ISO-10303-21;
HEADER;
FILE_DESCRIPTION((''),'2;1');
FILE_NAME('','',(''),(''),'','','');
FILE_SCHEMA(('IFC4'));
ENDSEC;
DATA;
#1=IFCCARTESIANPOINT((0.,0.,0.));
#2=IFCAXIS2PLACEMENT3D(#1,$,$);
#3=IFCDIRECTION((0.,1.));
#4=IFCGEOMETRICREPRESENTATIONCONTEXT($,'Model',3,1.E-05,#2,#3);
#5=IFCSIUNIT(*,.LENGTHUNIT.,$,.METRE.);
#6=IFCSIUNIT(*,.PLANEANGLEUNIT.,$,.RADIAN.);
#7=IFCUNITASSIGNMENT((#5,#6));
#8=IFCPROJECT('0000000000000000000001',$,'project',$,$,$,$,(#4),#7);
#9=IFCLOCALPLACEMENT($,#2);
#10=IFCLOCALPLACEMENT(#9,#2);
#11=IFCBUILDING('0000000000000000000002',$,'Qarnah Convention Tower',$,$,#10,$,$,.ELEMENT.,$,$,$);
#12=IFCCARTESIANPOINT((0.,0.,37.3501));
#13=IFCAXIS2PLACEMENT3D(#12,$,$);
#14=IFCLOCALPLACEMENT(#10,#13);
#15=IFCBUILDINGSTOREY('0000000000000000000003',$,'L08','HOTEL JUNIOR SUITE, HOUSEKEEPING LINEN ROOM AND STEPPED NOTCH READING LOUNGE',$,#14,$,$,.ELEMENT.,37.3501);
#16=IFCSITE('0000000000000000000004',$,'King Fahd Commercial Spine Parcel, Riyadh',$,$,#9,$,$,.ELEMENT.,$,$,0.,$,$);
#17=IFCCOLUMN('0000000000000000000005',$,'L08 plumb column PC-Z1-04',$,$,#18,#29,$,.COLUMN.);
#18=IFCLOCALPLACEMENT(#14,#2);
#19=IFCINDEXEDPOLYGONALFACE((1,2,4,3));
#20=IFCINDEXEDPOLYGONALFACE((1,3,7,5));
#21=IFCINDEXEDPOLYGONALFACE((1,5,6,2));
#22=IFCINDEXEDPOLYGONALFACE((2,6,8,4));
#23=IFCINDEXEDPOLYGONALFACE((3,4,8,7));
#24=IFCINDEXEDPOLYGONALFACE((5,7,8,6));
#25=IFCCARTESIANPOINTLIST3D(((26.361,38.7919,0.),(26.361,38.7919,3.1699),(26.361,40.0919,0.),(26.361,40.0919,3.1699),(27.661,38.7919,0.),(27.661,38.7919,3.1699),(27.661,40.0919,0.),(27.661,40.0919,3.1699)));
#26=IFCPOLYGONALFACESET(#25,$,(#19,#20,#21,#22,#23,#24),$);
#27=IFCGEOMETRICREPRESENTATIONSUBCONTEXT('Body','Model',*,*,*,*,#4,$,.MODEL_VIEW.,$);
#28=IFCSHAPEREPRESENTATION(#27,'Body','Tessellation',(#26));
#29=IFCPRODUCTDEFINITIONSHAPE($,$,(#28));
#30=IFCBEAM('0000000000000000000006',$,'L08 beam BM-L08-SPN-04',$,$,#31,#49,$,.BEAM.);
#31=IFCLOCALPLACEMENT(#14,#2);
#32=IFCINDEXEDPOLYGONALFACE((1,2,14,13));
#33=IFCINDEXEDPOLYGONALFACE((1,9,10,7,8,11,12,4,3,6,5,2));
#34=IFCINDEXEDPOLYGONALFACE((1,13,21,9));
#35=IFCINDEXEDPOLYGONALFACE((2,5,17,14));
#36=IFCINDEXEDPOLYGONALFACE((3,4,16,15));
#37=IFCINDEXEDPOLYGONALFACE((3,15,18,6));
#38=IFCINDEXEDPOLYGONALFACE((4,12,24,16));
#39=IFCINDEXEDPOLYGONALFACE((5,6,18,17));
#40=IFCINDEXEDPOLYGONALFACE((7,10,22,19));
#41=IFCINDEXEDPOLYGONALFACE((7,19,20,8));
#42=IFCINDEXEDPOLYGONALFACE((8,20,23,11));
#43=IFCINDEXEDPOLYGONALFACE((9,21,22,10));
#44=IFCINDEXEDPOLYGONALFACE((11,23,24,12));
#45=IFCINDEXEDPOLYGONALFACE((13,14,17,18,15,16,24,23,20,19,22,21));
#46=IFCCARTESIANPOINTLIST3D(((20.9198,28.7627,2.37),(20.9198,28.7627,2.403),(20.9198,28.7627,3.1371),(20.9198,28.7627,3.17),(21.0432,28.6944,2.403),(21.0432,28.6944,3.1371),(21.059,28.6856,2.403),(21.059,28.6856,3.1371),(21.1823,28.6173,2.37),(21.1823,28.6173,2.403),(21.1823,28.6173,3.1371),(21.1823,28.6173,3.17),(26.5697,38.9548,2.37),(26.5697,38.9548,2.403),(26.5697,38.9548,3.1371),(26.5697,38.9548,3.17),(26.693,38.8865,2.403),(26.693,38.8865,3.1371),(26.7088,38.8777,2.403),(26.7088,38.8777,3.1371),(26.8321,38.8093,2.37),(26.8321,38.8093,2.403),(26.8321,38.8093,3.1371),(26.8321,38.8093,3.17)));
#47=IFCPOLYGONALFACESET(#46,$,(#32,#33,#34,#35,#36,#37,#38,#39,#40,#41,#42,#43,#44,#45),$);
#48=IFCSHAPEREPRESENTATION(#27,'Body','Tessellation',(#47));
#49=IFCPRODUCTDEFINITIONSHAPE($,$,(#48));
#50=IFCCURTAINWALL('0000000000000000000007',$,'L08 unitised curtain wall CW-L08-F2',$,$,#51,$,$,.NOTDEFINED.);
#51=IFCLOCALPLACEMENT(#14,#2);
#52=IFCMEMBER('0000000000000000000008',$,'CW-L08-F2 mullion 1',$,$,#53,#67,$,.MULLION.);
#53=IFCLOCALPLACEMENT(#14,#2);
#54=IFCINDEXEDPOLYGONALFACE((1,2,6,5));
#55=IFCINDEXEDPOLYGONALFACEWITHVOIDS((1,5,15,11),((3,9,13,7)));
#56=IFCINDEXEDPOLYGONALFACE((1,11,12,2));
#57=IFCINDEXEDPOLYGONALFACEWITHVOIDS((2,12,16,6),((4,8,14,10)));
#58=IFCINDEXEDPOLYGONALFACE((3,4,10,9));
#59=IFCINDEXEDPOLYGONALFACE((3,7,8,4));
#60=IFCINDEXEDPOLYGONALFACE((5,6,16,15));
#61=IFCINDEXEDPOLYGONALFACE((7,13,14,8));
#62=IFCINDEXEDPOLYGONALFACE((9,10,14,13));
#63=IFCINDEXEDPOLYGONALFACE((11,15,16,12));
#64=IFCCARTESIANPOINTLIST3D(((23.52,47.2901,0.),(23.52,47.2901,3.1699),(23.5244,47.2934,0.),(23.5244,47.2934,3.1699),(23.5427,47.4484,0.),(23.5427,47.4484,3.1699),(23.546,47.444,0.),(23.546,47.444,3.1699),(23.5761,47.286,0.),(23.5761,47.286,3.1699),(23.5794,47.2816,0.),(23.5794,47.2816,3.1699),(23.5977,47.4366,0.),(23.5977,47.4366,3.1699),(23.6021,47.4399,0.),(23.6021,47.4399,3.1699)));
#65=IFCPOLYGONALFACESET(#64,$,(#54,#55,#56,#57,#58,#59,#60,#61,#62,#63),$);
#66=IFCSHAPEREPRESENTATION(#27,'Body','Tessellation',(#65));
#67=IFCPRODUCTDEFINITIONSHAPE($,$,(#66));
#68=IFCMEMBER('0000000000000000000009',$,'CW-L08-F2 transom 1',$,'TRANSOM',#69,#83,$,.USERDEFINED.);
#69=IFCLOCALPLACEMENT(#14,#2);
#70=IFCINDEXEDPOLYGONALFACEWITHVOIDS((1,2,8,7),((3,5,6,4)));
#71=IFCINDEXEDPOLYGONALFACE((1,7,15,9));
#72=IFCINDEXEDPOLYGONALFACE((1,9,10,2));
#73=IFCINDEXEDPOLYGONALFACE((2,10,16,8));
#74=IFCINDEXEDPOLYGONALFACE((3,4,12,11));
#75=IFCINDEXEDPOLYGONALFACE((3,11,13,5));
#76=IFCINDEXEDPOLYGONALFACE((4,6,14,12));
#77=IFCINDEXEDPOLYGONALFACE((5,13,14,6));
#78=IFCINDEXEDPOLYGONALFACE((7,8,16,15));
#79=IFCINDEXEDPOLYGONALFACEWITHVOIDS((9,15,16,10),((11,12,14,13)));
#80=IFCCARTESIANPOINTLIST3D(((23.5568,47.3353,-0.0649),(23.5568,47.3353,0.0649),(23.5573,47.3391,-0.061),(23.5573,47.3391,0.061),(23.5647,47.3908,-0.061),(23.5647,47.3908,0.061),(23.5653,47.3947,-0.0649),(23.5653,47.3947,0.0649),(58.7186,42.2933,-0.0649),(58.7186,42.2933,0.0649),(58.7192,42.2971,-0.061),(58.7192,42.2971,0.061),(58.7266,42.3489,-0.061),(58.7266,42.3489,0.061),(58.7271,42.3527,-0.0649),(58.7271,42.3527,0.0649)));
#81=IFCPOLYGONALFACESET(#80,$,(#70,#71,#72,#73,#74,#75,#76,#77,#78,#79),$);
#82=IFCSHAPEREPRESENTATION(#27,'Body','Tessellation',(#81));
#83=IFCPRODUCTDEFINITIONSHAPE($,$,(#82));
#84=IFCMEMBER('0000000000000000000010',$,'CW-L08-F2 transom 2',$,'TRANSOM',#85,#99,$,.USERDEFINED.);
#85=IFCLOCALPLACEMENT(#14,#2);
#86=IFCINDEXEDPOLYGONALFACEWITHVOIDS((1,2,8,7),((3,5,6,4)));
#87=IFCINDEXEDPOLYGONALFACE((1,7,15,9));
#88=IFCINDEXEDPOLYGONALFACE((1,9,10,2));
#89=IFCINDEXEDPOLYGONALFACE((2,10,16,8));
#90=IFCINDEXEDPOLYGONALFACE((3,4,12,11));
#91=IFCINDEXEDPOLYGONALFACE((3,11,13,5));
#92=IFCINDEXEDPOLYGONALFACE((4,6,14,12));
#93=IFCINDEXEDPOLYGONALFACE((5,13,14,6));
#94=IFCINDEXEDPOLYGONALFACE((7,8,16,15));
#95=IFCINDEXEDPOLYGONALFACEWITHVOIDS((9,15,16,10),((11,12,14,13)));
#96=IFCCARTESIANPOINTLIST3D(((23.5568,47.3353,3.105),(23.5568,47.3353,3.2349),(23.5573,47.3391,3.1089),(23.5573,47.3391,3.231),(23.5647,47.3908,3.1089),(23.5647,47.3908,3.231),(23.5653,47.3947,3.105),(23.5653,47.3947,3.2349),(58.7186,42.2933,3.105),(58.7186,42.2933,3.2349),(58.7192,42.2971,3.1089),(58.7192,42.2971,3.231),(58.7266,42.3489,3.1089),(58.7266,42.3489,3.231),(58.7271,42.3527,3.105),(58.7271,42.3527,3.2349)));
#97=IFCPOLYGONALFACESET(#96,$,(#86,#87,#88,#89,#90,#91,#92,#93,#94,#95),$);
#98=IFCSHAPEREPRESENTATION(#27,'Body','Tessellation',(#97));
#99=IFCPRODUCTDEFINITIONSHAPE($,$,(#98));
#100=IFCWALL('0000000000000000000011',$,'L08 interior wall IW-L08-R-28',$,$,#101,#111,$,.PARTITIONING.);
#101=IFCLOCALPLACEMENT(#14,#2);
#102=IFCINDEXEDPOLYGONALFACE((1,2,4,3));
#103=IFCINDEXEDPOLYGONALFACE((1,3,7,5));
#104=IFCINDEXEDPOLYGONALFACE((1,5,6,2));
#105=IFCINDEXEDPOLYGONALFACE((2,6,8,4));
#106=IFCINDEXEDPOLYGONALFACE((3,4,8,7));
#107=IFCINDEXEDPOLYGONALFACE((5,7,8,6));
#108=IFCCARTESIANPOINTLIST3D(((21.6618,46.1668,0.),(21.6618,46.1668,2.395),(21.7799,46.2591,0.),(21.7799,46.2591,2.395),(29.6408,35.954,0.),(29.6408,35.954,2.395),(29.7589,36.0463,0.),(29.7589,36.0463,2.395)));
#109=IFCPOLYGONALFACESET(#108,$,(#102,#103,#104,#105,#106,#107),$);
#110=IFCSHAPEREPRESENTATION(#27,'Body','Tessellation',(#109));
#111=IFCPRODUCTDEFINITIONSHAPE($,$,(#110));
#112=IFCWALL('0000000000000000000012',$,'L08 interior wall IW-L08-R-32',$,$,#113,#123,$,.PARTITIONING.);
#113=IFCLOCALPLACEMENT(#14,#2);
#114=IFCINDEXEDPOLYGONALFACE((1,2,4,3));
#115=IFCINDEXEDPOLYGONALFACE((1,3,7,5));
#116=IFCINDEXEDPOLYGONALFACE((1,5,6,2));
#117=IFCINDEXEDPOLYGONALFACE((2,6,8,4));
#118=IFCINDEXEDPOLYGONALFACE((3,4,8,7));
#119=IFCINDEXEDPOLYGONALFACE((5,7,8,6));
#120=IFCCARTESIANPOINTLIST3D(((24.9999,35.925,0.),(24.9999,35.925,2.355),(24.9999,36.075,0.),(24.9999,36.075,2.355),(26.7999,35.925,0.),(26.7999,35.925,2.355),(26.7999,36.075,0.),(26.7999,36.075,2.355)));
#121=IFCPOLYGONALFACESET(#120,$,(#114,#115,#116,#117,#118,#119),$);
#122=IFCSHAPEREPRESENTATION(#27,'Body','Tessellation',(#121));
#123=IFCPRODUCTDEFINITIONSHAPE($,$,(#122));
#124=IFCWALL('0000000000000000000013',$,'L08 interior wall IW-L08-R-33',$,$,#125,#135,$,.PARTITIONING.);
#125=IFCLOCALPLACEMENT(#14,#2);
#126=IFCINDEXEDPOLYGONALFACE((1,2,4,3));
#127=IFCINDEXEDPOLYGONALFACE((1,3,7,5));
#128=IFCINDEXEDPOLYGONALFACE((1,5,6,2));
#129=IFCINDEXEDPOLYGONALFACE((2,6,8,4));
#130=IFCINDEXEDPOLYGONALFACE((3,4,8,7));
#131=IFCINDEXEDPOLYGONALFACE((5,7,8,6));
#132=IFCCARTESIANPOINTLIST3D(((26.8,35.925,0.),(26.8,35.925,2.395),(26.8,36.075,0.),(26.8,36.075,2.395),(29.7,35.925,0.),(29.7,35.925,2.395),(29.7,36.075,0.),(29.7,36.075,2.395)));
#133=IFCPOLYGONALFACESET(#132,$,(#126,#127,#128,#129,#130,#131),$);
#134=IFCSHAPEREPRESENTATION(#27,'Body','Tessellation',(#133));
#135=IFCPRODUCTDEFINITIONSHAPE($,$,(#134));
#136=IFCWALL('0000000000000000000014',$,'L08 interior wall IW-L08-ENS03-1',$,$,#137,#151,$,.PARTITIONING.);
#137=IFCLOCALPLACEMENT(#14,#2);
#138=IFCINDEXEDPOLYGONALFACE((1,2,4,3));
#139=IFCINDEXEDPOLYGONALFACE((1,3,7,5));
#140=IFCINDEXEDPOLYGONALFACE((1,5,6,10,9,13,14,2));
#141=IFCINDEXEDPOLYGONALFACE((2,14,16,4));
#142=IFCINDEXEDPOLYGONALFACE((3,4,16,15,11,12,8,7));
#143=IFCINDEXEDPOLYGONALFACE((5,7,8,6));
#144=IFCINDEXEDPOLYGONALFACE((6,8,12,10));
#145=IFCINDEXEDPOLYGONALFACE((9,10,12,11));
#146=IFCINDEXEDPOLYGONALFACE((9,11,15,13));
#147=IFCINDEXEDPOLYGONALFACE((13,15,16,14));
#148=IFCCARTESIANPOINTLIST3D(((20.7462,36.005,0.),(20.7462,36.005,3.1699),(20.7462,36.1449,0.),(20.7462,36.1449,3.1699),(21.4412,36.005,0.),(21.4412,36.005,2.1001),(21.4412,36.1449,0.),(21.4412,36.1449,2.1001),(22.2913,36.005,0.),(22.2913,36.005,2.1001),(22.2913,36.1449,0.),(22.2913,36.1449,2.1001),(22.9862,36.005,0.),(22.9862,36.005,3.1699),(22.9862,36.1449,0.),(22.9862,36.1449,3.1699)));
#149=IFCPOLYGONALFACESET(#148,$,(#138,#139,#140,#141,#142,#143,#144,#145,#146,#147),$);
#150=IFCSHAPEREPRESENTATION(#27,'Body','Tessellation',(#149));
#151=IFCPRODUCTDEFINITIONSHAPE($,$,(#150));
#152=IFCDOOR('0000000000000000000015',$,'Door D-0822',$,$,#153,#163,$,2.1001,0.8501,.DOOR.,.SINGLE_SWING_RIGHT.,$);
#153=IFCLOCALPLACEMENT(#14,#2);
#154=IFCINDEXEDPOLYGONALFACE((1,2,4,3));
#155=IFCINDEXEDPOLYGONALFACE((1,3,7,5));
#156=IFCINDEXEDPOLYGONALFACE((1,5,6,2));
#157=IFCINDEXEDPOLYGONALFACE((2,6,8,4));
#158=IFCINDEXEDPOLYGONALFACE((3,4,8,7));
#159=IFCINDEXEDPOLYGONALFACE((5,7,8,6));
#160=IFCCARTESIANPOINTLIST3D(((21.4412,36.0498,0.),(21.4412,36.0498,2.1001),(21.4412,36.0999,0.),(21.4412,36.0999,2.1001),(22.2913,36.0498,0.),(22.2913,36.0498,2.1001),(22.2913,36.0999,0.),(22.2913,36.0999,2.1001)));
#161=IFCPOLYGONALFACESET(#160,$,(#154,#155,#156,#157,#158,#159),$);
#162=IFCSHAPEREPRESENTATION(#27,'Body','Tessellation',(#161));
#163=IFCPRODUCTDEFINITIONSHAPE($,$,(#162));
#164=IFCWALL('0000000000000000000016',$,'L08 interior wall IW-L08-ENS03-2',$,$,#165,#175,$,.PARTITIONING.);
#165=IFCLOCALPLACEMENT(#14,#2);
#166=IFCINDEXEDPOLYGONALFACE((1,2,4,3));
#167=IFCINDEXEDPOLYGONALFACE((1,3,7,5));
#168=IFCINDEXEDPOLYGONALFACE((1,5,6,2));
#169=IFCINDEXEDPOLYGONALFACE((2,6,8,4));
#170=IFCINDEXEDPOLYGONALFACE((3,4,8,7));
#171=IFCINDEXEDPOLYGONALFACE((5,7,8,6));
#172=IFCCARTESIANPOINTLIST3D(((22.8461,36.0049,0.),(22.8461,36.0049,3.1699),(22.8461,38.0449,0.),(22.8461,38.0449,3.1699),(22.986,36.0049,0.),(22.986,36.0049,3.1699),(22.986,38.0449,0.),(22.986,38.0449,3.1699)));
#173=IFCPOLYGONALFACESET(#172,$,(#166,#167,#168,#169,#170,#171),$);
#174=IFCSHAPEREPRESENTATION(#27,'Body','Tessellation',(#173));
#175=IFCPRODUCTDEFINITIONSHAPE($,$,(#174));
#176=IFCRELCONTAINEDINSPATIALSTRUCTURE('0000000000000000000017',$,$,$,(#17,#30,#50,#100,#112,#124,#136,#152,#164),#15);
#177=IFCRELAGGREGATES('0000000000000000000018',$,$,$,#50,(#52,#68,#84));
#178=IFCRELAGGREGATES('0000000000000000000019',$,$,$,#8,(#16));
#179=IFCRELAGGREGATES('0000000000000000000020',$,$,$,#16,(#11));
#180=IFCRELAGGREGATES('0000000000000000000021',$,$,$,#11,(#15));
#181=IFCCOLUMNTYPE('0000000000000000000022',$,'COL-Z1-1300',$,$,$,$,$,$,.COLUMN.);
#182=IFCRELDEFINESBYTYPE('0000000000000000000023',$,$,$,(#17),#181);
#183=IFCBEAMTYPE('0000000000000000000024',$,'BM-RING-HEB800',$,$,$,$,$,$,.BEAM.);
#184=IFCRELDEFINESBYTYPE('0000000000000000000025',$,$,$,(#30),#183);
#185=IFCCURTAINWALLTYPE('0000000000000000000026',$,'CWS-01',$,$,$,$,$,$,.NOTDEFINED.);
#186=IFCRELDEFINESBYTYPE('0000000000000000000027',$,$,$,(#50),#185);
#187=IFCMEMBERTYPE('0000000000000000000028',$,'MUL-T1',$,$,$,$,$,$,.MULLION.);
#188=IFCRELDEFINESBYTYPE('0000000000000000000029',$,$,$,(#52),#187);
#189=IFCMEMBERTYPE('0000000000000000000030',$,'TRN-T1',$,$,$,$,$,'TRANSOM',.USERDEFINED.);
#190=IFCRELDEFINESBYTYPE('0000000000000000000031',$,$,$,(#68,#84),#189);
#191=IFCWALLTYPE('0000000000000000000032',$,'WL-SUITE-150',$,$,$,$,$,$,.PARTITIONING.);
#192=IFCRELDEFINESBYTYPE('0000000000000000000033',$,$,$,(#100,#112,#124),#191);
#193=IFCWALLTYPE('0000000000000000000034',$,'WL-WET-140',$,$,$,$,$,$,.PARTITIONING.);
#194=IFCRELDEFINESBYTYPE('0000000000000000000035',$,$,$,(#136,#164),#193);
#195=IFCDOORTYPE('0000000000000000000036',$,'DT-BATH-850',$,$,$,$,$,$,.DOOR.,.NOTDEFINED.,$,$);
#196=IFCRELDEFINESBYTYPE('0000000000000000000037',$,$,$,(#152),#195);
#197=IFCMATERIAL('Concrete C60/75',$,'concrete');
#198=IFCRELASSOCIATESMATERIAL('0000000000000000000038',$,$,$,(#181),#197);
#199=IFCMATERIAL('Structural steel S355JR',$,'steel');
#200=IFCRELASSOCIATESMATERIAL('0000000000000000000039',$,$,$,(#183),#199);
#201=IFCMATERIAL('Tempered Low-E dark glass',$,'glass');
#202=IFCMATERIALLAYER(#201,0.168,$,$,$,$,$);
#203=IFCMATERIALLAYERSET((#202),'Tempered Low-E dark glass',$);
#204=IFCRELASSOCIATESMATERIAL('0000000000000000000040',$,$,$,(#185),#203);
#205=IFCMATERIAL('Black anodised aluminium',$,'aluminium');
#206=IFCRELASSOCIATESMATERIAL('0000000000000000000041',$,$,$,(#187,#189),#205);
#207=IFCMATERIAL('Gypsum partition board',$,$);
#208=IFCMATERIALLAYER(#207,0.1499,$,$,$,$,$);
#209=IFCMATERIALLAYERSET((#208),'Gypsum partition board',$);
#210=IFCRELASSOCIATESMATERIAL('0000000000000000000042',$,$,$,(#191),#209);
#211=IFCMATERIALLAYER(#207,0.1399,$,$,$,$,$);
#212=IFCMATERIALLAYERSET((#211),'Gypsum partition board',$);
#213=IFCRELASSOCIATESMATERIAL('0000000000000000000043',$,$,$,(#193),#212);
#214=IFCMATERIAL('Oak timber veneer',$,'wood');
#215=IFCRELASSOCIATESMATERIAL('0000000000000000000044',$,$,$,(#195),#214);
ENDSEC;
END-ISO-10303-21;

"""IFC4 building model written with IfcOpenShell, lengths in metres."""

from ifc_helpers import new_model, si_unit, direction, frame, frame_2d, origin, origin_2d, place, context, subcontext, project, spatial, rectangle, hollow_rectangle, i_section, extrude, material, layer, layer_set, material_profile, profile_set, type_object, element, fill, aggregate, save


model = new_model("IFC4")

# Units and contexts
model_context = context("Model", 3, precision=1e-05, world=origin(), true_north=direction((0.0, 1.0)))
body_context = subcontext(model_context, "Body", "Model", "MODEL_VIEW")
ifc_project = project(units=[si_unit("LENGTHUNIT", "METRE"), si_unit("PLANEANGLEUNIT", "RADIAN")], contexts=[model_context])

# Site, building, storey
site_placement = place(None, origin())
site = spatial("IfcSite", under=ifc_project, at=site_placement, Name="King Fahd Commercial Spine Parcel, Riyadh", CompositionType="ELEMENT", RefElevation=0.0)
building_placement = place(site_placement, origin())
building = spatial("IfcBuilding", under=site, at=building_placement, Name="Qarnah Convention Tower", CompositionType="ELEMENT")
storey_placement = place(building_placement, frame((0.0, 0.0, 37.3501)))
storey = spatial("IfcBuildingStorey", under=building, at=storey_placement, Name="L08", Description="HOTEL JUNIOR SUITE, HOUSEKEEPING LINEN ROOM AND STEPPED NOTCH READING LOUNGE", CompositionType="ELEMENT", Elevation=37.3501)

# Column
ifc_material_1 = material(Name="Concrete C60/75", Category="concrete")
ifc_material_profile_1 = material_profile(ifc_material_1, rectangle(XDim=1.3, YDim=1.3, at=origin_2d()), Name="RC-COL-1300X1300")
ifc_profile_set_1 = profile_set([ifc_material_profile_1], Name="Concrete C60/75")
column_type = type_object("IfcColumnType", Name="COL-Z1-1300", PredefinedType="COLUMN", material=ifc_profile_set_1)
column_placement = place(storey_placement, frame((27.011, 39.4419, 0.0), z_axis=(0.0, 0.0, 1.0), x_axis=(1.0, 0.0, 0.0)))
element("IfcColumn", 1, at=column_placement, inside=storey, type_object=column_type, Name="L08 plumb column PC-Z1-04", PredefinedType="COLUMN", context=body_context, shape_type="SweptSolid", body=[
    extrude(rectangle(XDim=1.3, YDim=1.3, at=origin_2d()), origin(), (0.0, 0.0, 1.0), 3.1699),
])

# Beam
ifc_material_2 = material(Name="Structural steel S355JR", Category="steel")
ifc_material_profile_2 = material_profile(ifc_material_2, i_section(OverallWidth=0.3, OverallDepth=0.8, WebThickness=0.0181, FlangeThickness=0.033, at=origin_2d()), Name="HEB800")
ifc_profile_set_2 = profile_set([ifc_material_profile_2], Name="Structural steel S355JR")
beam_type = type_object("IfcBeamType", Name="BM-RING-HEB800", PredefinedType="BEAM", material=ifc_profile_set_2)
beam_placement = place(storey_placement, frame((26.7009, 38.8821, 2.77), z_axis=(-0.48483, -0.874609, 0.0), x_axis=(0.874609, -0.48483, 0.0)))
element("IfcBeam", 2, at=beam_placement, inside=storey, type_object=beam_type, Name="L08 beam BM-L08-SPN-04", PredefinedType="BEAM", context=body_context, shape_type="SweptSolid", body=[
    extrude(i_section(OverallWidth=0.3, OverallDepth=0.8, WebThickness=0.0181, FlangeThickness=0.033, at=origin_2d()), origin(), (0.0, 0.0, 1.0), 11.6533),
])

# Curtain wall, members
ifc_material_3 = material(Name="Tempered Low-E dark glass", Category="glass")
ifc_layer_1 = layer(ifc_material_3, 0.168)
ifc_layer_set_1 = layer_set([ifc_layer_1], Name="Tempered Low-E dark glass")
curtain_wall_type = type_object("IfcCurtainWallType", Name="CWS-01", PredefinedType="NOTDEFINED", material=ifc_layer_set_1)
curtain_wall_placement = place(storey_placement, origin())
curtain_wall = element("IfcCurtainWall", 3, at=curtain_wall_placement, inside=storey, type_object=curtain_wall_type, Name="L08 unitised curtain wall CW-L08-F2", PredefinedType="NOTDEFINED")
ifc_material_4 = material(Name="Black anodised aluminium", Category="aluminium")
ifc_material_profile_3 = material_profile(ifc_material_4, hollow_rectangle(XDim=0.0601, YDim=0.1599, WallThickness=0.0039, at=origin_2d()), Name="MUL-60X160")
ifc_profile_set_3 = profile_set([ifc_material_profile_3], Name="Black anodised aluminium")
member_type_1 = type_object("IfcMemberType", Name="MUL-T1", PredefinedType="MULLION", material=ifc_profile_set_3)
member_1_placement = place(storey_placement, frame((23.561, 47.365, 0.0), z_axis=(0.0, 0.0, 1.0), x_axis=(0.989875, -0.141942, 0.0)))
member_1 = element("IfcMember", 4, at=member_1_placement, type_object=member_type_1, Name="CW-L08-F2 mullion 1", PredefinedType="MULLION", context=body_context, shape_type="SweptSolid", body=[
    extrude(hollow_rectangle(XDim=0.0601, YDim=0.1599, WallThickness=0.0039, at=origin_2d()), origin(), (0.0, 0.0, 1.0), 3.1699),
])
ifc_material_profile_4 = material_profile(ifc_material_4, hollow_rectangle(XDim=0.0601, YDim=0.1299, WallThickness=0.0039, at=origin_2d()), Name="TRN-60X130")
ifc_profile_set_4 = profile_set([ifc_material_profile_4], Name="Black anodised aluminium")
member_type_2 = type_object("IfcMemberType", Name="TRN-T1", ElementType="TRANSOM", PredefinedType="USERDEFINED", material=ifc_profile_set_4)
member_2_placement = place(storey_placement, frame((23.561, 47.365, 0.0), z_axis=(0.989875, -0.141942, 0.0), x_axis=(0.141942, 0.989875, 0.0)))
member_2 = element("IfcMember", 5, at=member_2_placement, type_object=member_type_2, Name="CW-L08-F2 transom 1", ObjectType="TRANSOM", PredefinedType="USERDEFINED", context=body_context, shape_type="SweptSolid", body=[
    extrude(hollow_rectangle(XDim=0.0601, YDim=0.1299, WallThickness=0.0039, at=origin_2d()), origin(), (0.0, 0.0, 1.0), 35.5215),
])
member_3_placement = place(storey_placement, frame((23.561, 47.365, 3.1699), z_axis=(0.989875, -0.141942, 0.0), x_axis=(0.141942, 0.989875, 0.0)))
member_3 = element("IfcMember", 6, at=member_3_placement, type_object=member_type_2, Name="CW-L08-F2 transom 2", ObjectType="TRANSOM", PredefinedType="USERDEFINED", context=body_context, shape_type="SweptSolid", body=[
    extrude(hollow_rectangle(XDim=0.0601, YDim=0.1299, WallThickness=0.0039, at=origin_2d()), origin(), (0.0, 0.0, 1.0), 35.5215),
])
aggregate(curtain_wall, [member_1, member_2, member_3])

# Walls
ifc_material_5 = material(Name="Gypsum partition board")
ifc_layer_2 = layer(ifc_material_5, 0.1499)
ifc_layer_set_2 = layer_set([ifc_layer_2], Name="Gypsum partition board")
wall_type_1 = type_object("IfcWallType", Name="WL-SUITE-150", PredefinedType="PARTITIONING", material=ifc_layer_set_2)
wall_1_placement = place(storey_placement, frame((21.7209, 46.2129, 0.0), z_axis=(0.0, 0.0, 1.0), x_axis=(0.615653, -0.788018, 0.0)))
element("IfcWall", 7, at=wall_1_placement, inside=storey, type_object=wall_type_1, Name="L08 interior wall IW-L08-R-28", PredefinedType="PARTITIONING", context=body_context, shape_type="SweptSolid", body=[
    extrude(rectangle(XDim=12.9602, YDim=0.1499, at=frame_2d((6.48, 0.0))), origin(), (0.0, 0.0, 1.0), 2.395),
])
wall_2_placement = place(storey_placement, frame((25.0, 36.0, 0.0), z_axis=(0.0, 0.0, 1.0), x_axis=(1.0, 0.0, 0.0)))
element("IfcWall", 8, at=wall_2_placement, inside=storey, type_object=wall_type_1, Name="L08 interior wall IW-L08-R-32", PredefinedType="PARTITIONING", context=body_context, shape_type="SweptSolid", body=[
    extrude(rectangle(XDim=1.8, YDim=0.1499, at=frame_2d((0.8999, 0.0))), origin(), (0.0, 0.0, 1.0), 2.355),
])
wall_3_placement = place(storey_placement, frame((26.8, 36.0, 0.0), z_axis=(0.0, 0.0, 1.0), x_axis=(1.0, 0.0, 0.0)))
element("IfcWall", 9, at=wall_3_placement, inside=storey, type_object=wall_type_1, Name="L08 interior wall IW-L08-R-33", PredefinedType="PARTITIONING", context=body_context, shape_type="SweptSolid", body=[
    extrude(rectangle(XDim=2.8999, YDim=0.1499, at=frame_2d((1.45, 0.0))), origin(), (0.0, 0.0, 1.0), 2.395),
])

# Wall, opening, door
ifc_layer_3 = layer(ifc_material_5, 0.1399)
ifc_layer_set_3 = layer_set([ifc_layer_3], Name="Gypsum partition board")
wall_type_2 = type_object("IfcWallType", Name="WL-WET-140", PredefinedType="PARTITIONING", material=ifc_layer_set_3)
wall_4_placement = place(storey_placement, frame((20.7461, 36.075, 0.0), z_axis=(0.0, 0.0, 1.0), x_axis=(1.0, 0.0, 0.0)))
wall_4 = element("IfcWall", 10, at=wall_4_placement, inside=storey, type_object=wall_type_2, Name="L08 interior wall IW-L08-ENS03-1", PredefinedType="PARTITIONING", context=body_context, shape_type="SweptSolid", body=[
    extrude(rectangle(XDim=2.24, YDim=0.1399, at=frame_2d((1.1201, 0.0))), origin(), (0.0, 0.0, 1.0), 3.1699),
])
opening_1_placement = place(wall_4_placement, frame((0.6951, 0.0, 0.0)))
opening_1 = element("IfcOpeningElement", 11, at=opening_1_placement, cuts=wall_4, PredefinedType="OPENING", context=body_context, shape_type="SweptSolid", body=[
    extrude(rectangle(XDim=0.8501, YDim=2.1001, at=frame_2d((0.425, 1.05))), frame((0.0, 0.0798, 0.0), z_axis=(0.0, -1.0, 0.0), x_axis=(1.0, 0.0, 0.0)), (0.0, 0.0, 1.0), 0.1599),
])
ifc_material_6 = material(Name="Oak timber veneer", Category="wood")
door_type_1 = type_object("IfcDoorType", Name="DT-BATH-850", OperationType="NOTDEFINED", PredefinedType="DOOR", material=ifc_material_6)
door_1_placement = place(opening_1_placement, origin())
door_1 = element("IfcDoor", 12, at=door_1_placement, inside=storey, type_object=door_type_1, Name="Door D-0822", OperationType="SINGLE_SWING_RIGHT", OverallHeight=2.1001, OverallWidth=0.8501, PredefinedType="DOOR", context=body_context, shape_type="SweptSolid", body=[
    extrude(rectangle(XDim=0.8501, YDim=2.1001, at=frame_2d((0.425, 1.05))), frame((0.0, 0.0249, 0.0), z_axis=(0.0, -1.0, 0.0), x_axis=(1.0, 0.0, 0.0)), (0.0, 0.0, 1.0), 0.05),
])
fill(opening_1, door_1)

# Wall
wall_5_placement = place(storey_placement, frame((22.916, 36.0049, 0.0), z_axis=(0.0, 0.0, 1.0), x_axis=(0.0, 1.0, 0.0)))
element("IfcWall", 13, at=wall_5_placement, inside=storey, type_object=wall_type_2, Name="L08 interior wall IW-L08-ENS03-2", PredefinedType="PARTITIONING", context=body_context, shape_type="SweptSolid", body=[
    extrude(rectangle(XDim=2.04, YDim=0.1399, at=frame_2d((1.02, 0.0))), origin(), (0.0, 0.0, 1.0), 3.1699),
])

save(model, "model.ifc")
